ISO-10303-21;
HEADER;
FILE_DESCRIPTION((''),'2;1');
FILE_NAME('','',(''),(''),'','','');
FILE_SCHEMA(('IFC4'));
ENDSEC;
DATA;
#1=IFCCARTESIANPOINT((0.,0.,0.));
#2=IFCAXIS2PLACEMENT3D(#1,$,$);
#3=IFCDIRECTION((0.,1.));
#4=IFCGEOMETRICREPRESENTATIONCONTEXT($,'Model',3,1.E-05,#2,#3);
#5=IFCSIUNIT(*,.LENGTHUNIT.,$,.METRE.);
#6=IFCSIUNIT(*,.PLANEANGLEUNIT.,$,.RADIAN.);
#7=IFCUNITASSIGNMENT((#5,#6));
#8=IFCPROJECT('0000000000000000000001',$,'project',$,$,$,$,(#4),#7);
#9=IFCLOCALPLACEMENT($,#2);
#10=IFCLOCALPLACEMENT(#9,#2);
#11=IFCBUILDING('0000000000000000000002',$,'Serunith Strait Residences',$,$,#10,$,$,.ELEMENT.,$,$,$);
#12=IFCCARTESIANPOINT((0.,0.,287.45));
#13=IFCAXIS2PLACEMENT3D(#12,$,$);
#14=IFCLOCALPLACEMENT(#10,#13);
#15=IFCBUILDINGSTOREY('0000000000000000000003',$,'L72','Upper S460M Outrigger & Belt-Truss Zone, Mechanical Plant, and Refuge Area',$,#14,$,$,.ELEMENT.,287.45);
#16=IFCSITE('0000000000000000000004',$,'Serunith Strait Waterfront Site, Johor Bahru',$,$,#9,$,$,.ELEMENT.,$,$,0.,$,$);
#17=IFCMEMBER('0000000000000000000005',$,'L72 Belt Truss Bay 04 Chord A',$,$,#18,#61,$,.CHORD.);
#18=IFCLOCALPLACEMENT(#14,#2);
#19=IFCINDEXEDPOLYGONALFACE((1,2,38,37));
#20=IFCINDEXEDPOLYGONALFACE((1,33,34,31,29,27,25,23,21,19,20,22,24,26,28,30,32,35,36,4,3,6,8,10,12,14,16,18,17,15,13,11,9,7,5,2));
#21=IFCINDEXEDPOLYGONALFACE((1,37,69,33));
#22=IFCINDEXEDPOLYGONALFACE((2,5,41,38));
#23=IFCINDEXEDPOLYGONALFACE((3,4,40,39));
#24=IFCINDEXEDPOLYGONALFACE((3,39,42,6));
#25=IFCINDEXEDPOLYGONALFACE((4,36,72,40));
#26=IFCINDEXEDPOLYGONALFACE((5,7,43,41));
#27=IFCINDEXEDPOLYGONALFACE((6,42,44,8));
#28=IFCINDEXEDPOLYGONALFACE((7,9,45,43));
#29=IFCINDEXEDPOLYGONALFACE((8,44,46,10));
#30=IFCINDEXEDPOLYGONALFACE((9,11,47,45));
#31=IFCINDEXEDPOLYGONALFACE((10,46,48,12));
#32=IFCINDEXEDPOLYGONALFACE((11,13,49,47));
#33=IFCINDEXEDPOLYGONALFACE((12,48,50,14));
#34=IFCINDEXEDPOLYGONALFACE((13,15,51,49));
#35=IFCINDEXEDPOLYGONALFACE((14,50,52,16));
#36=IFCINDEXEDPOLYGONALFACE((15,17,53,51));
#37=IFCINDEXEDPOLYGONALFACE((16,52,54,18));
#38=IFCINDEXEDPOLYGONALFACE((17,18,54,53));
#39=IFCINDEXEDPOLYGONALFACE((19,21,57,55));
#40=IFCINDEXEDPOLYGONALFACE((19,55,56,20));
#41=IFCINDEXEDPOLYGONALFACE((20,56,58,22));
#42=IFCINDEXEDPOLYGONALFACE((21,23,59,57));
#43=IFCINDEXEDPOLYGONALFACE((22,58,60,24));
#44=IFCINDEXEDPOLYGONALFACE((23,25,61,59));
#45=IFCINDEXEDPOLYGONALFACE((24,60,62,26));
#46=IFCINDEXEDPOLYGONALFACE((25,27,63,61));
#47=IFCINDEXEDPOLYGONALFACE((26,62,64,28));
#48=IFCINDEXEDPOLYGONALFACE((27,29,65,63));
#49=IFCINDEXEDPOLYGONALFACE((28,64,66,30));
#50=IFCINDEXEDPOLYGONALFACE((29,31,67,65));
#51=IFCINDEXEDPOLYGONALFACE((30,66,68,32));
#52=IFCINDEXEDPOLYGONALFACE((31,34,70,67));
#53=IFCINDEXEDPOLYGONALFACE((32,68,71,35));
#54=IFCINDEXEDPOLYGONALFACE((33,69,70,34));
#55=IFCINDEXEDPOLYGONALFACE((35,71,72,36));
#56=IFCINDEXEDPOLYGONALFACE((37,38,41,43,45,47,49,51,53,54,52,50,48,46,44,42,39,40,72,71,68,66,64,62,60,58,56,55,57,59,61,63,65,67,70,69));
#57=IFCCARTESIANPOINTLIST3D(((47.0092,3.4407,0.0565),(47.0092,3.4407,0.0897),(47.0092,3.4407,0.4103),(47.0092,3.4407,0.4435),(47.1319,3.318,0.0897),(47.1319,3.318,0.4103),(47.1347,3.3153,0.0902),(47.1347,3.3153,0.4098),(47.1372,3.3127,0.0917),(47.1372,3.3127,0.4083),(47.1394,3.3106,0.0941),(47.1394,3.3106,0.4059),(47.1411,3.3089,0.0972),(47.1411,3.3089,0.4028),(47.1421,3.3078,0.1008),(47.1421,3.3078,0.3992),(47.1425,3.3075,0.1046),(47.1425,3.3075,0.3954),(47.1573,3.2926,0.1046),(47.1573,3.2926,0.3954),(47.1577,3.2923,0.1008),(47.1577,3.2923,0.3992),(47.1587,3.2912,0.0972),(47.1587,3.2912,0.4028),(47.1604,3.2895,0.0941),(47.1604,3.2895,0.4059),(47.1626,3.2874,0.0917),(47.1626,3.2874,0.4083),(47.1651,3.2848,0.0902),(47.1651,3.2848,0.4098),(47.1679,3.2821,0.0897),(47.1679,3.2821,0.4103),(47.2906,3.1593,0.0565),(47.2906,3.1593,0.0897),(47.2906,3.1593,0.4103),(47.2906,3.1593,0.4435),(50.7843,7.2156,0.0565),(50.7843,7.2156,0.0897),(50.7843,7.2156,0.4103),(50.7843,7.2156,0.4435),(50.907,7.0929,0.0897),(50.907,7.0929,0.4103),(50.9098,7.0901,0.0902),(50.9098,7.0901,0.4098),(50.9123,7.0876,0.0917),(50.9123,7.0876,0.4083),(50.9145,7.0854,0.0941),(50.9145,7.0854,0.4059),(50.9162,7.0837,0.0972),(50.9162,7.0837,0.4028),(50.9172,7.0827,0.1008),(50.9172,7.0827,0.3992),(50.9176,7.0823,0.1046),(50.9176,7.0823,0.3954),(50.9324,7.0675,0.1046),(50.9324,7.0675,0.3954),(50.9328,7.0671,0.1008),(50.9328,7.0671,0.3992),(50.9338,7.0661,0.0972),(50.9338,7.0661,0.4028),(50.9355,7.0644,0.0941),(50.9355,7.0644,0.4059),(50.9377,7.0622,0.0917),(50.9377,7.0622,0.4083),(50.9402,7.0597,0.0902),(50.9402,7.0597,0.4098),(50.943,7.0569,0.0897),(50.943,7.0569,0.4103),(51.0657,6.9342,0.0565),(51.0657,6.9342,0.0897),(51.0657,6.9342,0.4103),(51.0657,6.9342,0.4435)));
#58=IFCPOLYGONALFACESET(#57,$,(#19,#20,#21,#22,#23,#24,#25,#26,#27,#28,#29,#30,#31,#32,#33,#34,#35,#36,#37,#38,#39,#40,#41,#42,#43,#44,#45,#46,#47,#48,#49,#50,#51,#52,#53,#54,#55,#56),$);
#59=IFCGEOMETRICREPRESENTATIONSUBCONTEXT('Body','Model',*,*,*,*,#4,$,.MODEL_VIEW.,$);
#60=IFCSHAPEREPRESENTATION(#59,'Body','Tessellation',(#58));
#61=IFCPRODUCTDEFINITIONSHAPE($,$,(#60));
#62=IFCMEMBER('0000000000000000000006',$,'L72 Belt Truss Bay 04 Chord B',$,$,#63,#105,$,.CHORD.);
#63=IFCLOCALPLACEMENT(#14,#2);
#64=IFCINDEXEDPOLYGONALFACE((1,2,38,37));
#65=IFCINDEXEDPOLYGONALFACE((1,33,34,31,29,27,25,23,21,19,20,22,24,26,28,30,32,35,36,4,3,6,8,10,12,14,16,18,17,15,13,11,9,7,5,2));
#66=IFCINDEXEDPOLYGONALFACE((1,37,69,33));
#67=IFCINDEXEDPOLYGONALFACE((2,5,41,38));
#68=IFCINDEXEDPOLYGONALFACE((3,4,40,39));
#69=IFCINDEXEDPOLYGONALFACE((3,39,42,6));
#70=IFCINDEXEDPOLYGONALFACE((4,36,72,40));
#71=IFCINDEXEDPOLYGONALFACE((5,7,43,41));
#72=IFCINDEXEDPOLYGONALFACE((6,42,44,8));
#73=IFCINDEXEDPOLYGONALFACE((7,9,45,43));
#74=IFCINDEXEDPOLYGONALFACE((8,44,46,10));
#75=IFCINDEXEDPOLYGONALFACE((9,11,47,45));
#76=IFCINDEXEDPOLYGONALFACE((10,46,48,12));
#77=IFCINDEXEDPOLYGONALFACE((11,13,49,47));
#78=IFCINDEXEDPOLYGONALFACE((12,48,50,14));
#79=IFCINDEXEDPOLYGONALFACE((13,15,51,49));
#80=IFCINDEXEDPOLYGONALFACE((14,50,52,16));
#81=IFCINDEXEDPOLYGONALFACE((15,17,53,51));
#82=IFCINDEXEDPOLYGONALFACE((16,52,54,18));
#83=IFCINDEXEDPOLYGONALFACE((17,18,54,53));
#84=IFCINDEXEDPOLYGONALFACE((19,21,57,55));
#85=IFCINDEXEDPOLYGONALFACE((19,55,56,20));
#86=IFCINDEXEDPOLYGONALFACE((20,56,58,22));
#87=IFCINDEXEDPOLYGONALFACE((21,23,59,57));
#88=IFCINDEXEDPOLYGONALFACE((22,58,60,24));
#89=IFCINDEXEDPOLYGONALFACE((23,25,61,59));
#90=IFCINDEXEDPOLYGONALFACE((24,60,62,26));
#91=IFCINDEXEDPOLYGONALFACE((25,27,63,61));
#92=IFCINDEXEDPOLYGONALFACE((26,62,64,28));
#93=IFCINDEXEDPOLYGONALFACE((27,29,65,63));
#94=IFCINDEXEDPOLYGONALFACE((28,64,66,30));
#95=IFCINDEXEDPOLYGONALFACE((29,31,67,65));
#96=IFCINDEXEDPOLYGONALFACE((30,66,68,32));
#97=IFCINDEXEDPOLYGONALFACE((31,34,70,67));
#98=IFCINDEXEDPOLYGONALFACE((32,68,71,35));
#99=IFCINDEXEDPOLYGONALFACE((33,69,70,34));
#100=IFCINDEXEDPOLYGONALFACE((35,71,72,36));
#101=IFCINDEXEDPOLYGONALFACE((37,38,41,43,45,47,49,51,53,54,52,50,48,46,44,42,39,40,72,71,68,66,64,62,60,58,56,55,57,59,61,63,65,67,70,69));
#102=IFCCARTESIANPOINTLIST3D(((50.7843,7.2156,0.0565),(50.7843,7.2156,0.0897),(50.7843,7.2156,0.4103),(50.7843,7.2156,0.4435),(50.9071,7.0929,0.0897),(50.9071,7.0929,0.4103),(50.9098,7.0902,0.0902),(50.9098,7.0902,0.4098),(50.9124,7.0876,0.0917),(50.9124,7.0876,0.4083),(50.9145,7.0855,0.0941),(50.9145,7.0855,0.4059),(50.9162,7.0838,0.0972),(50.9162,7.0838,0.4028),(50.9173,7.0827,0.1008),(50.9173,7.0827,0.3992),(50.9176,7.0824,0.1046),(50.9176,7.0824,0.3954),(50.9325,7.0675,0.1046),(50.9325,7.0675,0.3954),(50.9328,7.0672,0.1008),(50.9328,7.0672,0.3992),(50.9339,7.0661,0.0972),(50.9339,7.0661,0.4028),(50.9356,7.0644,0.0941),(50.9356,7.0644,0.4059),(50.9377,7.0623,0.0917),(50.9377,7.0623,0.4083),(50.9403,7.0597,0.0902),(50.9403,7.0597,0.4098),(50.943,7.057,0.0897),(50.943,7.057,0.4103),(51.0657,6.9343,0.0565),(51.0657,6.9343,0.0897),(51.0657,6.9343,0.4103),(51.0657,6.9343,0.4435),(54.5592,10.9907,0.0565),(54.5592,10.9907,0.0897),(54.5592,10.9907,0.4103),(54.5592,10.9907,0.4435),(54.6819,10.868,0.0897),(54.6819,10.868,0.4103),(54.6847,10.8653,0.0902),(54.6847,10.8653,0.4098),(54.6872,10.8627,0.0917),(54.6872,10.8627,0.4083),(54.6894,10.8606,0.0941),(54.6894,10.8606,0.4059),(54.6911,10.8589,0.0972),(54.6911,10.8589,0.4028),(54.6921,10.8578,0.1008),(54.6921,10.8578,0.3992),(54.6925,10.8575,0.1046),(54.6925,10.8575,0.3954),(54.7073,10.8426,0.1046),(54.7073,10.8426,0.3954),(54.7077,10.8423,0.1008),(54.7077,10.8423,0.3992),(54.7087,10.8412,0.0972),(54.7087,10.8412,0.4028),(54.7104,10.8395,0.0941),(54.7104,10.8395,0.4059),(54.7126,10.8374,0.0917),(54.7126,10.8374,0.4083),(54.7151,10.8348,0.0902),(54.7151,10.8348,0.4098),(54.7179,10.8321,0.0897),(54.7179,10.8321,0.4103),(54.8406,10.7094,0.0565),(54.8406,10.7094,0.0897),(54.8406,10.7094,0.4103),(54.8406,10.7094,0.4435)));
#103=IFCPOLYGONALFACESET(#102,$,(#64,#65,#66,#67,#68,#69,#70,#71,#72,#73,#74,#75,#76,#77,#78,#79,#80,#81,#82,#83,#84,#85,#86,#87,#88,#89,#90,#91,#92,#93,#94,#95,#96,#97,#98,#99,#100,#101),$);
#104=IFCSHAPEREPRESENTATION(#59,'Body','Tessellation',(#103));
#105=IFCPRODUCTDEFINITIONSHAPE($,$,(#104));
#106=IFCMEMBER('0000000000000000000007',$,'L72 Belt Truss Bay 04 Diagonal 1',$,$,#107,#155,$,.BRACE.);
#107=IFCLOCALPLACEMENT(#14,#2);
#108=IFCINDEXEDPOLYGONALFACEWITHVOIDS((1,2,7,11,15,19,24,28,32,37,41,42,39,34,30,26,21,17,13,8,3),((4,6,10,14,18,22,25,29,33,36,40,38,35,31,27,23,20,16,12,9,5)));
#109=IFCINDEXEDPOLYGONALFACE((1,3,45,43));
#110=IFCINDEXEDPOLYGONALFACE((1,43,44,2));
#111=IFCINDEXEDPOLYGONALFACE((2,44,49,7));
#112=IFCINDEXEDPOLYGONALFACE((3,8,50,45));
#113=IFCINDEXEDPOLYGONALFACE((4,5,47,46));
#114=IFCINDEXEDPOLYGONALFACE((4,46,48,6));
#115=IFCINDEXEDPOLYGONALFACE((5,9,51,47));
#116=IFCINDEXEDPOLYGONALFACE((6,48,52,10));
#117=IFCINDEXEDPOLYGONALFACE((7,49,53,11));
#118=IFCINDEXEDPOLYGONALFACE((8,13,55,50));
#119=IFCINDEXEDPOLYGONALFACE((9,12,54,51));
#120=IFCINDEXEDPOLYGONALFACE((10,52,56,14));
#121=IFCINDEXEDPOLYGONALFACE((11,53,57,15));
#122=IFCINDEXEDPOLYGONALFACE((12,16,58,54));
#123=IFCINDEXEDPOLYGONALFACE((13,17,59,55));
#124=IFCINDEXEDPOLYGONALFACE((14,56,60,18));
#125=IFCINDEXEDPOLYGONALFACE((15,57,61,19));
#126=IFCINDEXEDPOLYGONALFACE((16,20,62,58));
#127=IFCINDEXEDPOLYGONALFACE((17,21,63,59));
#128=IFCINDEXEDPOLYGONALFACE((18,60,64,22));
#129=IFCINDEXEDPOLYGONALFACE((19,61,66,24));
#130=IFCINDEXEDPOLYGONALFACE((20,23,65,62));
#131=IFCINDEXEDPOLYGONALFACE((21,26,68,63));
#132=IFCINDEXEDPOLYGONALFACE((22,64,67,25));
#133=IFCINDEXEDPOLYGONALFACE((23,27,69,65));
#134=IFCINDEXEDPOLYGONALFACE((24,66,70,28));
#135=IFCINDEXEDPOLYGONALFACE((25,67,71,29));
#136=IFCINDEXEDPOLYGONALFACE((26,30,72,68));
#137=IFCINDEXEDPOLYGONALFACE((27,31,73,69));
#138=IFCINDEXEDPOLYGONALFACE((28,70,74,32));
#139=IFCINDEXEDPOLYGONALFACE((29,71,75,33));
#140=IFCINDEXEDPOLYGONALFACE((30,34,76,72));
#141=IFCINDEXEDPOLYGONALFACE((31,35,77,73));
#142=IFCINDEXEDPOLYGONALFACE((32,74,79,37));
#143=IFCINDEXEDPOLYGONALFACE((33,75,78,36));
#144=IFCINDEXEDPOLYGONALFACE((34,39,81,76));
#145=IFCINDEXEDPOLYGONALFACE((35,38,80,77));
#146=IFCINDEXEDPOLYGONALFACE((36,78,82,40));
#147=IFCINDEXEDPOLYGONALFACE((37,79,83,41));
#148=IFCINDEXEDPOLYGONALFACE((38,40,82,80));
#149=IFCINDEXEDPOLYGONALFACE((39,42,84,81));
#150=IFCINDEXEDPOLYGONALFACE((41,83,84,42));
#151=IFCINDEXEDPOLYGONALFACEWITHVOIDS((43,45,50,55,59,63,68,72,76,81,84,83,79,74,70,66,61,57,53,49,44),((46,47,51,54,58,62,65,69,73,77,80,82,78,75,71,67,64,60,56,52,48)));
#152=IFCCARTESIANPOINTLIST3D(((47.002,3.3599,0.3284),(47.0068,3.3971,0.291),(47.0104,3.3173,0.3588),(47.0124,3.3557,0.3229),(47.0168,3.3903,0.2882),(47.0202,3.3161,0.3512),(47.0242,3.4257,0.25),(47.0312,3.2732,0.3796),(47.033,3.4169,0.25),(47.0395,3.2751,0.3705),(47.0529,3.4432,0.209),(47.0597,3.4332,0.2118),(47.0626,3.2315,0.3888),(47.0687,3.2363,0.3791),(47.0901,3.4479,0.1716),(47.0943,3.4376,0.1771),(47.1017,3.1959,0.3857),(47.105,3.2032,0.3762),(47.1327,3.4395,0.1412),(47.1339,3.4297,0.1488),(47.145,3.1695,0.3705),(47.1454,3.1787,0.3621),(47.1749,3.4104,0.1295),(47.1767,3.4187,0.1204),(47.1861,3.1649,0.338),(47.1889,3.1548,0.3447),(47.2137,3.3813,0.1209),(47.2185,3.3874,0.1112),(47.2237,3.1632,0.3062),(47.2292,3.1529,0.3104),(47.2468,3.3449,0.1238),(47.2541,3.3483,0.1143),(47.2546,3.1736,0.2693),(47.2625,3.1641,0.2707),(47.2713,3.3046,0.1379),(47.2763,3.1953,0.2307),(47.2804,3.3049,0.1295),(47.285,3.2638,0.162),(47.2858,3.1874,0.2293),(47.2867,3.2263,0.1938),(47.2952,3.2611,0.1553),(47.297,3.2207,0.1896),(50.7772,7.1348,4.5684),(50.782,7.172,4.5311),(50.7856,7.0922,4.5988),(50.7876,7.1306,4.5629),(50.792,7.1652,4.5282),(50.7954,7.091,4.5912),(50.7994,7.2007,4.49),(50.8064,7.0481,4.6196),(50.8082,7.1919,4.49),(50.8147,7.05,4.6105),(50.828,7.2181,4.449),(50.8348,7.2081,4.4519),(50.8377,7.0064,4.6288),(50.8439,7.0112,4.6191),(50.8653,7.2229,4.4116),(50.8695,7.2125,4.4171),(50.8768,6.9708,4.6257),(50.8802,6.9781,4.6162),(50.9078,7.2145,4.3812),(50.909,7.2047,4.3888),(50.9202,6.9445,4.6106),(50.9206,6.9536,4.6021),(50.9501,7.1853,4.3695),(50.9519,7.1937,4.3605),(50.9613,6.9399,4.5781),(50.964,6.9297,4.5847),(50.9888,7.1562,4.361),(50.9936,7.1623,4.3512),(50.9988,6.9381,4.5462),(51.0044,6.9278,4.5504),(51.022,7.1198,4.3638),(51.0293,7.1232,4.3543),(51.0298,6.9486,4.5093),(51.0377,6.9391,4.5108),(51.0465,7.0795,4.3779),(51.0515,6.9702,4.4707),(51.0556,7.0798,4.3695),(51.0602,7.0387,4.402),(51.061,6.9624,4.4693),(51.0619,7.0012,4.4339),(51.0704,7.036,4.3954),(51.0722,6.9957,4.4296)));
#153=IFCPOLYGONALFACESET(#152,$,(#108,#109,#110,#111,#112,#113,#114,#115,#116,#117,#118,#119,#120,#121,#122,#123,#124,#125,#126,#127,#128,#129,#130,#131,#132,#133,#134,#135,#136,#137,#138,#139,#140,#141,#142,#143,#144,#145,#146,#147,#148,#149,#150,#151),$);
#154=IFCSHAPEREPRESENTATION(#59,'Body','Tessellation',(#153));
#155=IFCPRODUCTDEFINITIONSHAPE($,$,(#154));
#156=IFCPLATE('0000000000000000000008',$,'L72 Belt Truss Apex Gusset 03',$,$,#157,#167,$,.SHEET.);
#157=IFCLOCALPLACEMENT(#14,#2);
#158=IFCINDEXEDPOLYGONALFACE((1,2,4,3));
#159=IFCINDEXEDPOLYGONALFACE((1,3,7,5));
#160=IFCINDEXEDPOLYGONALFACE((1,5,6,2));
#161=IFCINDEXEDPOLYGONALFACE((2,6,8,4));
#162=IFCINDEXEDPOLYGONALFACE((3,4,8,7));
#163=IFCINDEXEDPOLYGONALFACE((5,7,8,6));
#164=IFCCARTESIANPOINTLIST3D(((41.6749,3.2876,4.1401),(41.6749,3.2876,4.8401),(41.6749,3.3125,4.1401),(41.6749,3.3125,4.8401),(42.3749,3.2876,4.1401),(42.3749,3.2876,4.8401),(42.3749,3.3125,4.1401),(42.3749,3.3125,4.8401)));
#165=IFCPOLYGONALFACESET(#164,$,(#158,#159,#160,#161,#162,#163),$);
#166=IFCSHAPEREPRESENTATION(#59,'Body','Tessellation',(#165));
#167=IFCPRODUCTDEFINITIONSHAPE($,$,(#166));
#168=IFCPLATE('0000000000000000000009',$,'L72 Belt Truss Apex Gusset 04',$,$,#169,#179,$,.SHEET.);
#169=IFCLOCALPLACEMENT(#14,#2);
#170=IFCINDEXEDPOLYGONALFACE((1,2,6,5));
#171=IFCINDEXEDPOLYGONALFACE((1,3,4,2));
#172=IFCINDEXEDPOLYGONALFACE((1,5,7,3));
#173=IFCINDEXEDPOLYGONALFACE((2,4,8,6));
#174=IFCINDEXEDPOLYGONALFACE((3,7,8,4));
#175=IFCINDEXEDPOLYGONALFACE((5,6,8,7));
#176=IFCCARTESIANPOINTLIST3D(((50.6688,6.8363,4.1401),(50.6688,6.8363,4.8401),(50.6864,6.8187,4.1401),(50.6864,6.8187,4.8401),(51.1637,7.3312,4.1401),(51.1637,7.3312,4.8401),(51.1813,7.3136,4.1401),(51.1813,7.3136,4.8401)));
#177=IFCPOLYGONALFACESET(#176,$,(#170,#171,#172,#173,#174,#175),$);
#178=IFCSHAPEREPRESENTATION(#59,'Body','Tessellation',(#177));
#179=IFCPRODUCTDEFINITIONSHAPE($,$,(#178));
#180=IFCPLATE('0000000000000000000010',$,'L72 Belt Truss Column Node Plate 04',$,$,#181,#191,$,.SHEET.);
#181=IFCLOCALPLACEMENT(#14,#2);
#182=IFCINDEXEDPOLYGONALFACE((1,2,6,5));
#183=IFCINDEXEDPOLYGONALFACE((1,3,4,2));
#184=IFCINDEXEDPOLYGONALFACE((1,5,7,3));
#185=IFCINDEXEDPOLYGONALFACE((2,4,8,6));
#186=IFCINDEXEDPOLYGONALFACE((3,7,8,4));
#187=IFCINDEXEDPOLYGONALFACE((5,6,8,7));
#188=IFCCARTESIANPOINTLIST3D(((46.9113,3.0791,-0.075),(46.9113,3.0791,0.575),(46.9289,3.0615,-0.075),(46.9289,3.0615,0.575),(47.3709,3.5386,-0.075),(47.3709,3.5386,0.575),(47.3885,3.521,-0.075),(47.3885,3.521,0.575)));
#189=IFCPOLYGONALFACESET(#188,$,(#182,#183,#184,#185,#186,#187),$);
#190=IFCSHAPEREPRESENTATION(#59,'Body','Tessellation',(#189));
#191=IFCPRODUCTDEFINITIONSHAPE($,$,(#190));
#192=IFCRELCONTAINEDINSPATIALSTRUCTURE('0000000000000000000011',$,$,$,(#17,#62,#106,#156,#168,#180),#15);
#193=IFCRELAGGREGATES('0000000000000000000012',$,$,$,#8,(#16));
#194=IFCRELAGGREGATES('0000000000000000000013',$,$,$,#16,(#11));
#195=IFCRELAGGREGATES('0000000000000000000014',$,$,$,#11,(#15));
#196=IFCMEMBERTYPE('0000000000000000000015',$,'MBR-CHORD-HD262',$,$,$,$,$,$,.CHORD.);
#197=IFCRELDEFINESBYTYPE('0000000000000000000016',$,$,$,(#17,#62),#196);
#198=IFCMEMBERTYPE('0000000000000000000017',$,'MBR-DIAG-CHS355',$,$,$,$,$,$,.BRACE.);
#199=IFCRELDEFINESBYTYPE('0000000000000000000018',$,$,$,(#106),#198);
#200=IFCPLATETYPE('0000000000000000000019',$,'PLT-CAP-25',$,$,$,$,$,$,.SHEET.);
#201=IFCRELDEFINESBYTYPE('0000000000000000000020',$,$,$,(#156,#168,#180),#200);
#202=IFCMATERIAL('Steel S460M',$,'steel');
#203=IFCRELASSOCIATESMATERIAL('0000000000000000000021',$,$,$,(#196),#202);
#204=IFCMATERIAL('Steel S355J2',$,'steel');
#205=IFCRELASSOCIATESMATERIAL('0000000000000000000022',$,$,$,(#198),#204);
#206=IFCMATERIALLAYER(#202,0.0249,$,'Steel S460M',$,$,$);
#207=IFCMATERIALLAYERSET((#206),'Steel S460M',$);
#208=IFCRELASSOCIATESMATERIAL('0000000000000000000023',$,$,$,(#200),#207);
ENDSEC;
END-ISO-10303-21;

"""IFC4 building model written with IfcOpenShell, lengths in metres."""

from ifc_helpers import new_model, si_unit, direction, frame, origin, origin_2d, place, context, subcontext, project, spatial, rectangle, hollow_circle, i_section, extrude, source, transform, mapped, material, layer, layer_set, material_profile, profile_set, type_object, element, save


model = new_model("IFC4")

# Units and contexts
model_context = context("Model", 3, precision=1e-05, world=origin(), true_north=direction((0.0, 1.0)))
body_context = subcontext(model_context, "Body", "Model", "MODEL_VIEW")
ifc_project = project(units=[si_unit("LENGTHUNIT", "METRE"), si_unit("PLANEANGLEUNIT", "RADIAN")], contexts=[model_context])

# Site, building, storey
site_placement = place(None, origin())
site = spatial("IfcSite", under=ifc_project, at=site_placement, Name="Serunith Strait Waterfront Site, Johor Bahru", CompositionType="ELEMENT", RefElevation=0.0)
building_placement = place(site_placement, origin())
building = spatial("IfcBuilding", under=site, at=building_placement, Name="Serunith Strait Residences", CompositionType="ELEMENT")
storey_placement = place(building_placement, frame((0.0, 0.0, 287.45)))
storey = spatial("IfcBuildingStorey", under=building, at=storey_placement, Name="L72", Description="Upper S460M Outrigger & Belt-Truss Zone, Mechanical Plant, and Refuge Area", CompositionType="ELEMENT", Elevation=287.45)

# Shared definitions
ifc_material_1 = material(Name="Steel S355J2", Category="steel")

# Members
ifc_material_2 = material(Name="Steel S460M", Category="steel")
ifc_material_profile_1 = material_profile(ifc_material_2, i_section(OverallWidth=0.3979, OverallDepth=0.387, WebThickness=0.021, FlangeThickness=0.0332, FilletRadius=0.0149, at=origin_2d()), Name="HD 400x262")
ifc_profile_set_1 = profile_set([ifc_material_profile_1], Name="Steel S460M")
member_type_1 = type_object("IfcMemberType", Name="MBR-CHORD-HD262", PredefinedType="CHORD", material=ifc_profile_set_1)
ifc_material_profile_2 = material_profile(ifc_material_1, hollow_circle(Radius=0.1777, WallThickness=0.0125, at=origin_2d()), Name="CHS 355.6x12.5")
ifc_profile_set_2 = profile_set([ifc_material_profile_2], Name="Steel S355J2")
member_type_2 = type_object("IfcMemberType", Name="MBR-DIAG-CHS355", PredefinedType="BRACE", material=ifc_profile_set_2)
shared_shape_1 = source(origin(), body_context, "Body", "SweptSolid", [
    extrude(i_section(OverallWidth=0.3979, OverallDepth=0.387, WebThickness=0.021, FlangeThickness=0.0332, FilletRadius=0.0149, at=origin_2d()), origin(), (0.0, 0.0, 1.0), 5.3386),
])
for number, where, z_axis, x_axis, name in (
    (1, (47.1499, 3.3, 0.25), (0.70713, 0.707084, 0.0), (-0.707084, 0.70713, 0.0), "L72 Belt Truss Bay 04 Chord A"),
    (2, (50.925, 7.075, 0.25), (0.707084, 0.70713, 0.0), (-0.70713, 0.707084, 0.0), "L72 Belt Truss Bay 04 Chord B"),
):
    element("IfcMember", number, at=place(storey_placement, frame(where, z_axis=z_axis, x_axis=x_axis)), inside=storey, type_object=member_type_1, Name=name, PredefinedType="CHORD", context=body_context, shape_type="MappedRepresentation", body=[
        mapped(shared_shape_1, transform((0.0, 0.0, 0.0), scale=1.0)),
    ])
shared_shape_2 = source(origin(), body_context, "Body", "SweptSolid", [
    extrude(hollow_circle(Radius=0.1777, WallThickness=0.0125, at=origin_2d()), origin(), (0.0, 0.0, 1.0), 6.8176),
])
member_1_placement = place(storey_placement, frame((47.1499, 3.3, 0.25), z_axis=(0.553739, 0.553703, 0.621922), x_axis=(-0.707084, 0.70713, 0.0)))
element("IfcMember", 3, at=member_1_placement, inside=storey, type_object=member_type_2, Name="L72 Belt Truss Bay 04 Diagonal 1", PredefinedType="BRACE", context=body_context, shape_type="MappedRepresentation", body=[
    mapped(shared_shape_2, transform((0.0, 0.0, 0.0), scale=1.0)),
])

# Plates
ifc_layer_1 = layer(ifc_material_2, 0.0249, Name="Steel S460M")
ifc_layer_set_1 = layer_set([ifc_layer_1], Name="Steel S460M")
plate_type = type_object("IfcPlateType", Name="PLT-CAP-25", PredefinedType="SHEET", material=ifc_layer_set_1)
shared_shape_3 = source(origin(), body_context, "Body", "SweptSolid", [
    extrude(rectangle(XDim=0.7, YDim=0.0249, at=origin_2d()), origin(), (0.0, 0.0, 1.0), 0.7),
])
for number, where, z_axis, x_axis, name in (
    (4, (42.0249, 3.3, 4.1401), (0.0, 0.0, 1.0), (1.0, 0.0, 0.0), "L72 Belt Truss Apex Gusset 03"),
    (5, (50.925, 7.075, 4.1401), (0.0, 0.0, 1.0), (0.707107, 0.707107, 0.0), "L72 Belt Truss Apex Gusset 04"),
):
    element("IfcPlate", number, at=place(storey_placement, frame(where, z_axis=z_axis, x_axis=x_axis)), inside=storey, type_object=plate_type, Name=name, PredefinedType="SHEET", context=body_context, shape_type="MappedRepresentation", body=[
        mapped(shared_shape_3, transform((0.0, 0.0, 0.0), scale=1.0)),
    ])
shared_shape_4 = source(origin(), body_context, "Body", "SweptSolid", [
    extrude(rectangle(XDim=0.6499, YDim=0.0249, at=origin_2d()), origin(), (0.0, 0.0, 1.0), 0.6499),
])
plate_placement = place(storey_placement, frame((47.1499, 3.3, -0.075), z_axis=(0.0, 0.0, 1.0), x_axis=(0.707107, 0.707107, 0.0)))
element("IfcPlate", 6, at=plate_placement, inside=storey, type_object=plate_type, Name="L72 Belt Truss Column Node Plate 04", PredefinedType="SHEET", context=body_context, shape_type="MappedRepresentation", body=[
    mapped(shared_shape_4, transform((0.0, 0.0, 0.0), scale=1.0)),
])

save(model, "model.ifc")
